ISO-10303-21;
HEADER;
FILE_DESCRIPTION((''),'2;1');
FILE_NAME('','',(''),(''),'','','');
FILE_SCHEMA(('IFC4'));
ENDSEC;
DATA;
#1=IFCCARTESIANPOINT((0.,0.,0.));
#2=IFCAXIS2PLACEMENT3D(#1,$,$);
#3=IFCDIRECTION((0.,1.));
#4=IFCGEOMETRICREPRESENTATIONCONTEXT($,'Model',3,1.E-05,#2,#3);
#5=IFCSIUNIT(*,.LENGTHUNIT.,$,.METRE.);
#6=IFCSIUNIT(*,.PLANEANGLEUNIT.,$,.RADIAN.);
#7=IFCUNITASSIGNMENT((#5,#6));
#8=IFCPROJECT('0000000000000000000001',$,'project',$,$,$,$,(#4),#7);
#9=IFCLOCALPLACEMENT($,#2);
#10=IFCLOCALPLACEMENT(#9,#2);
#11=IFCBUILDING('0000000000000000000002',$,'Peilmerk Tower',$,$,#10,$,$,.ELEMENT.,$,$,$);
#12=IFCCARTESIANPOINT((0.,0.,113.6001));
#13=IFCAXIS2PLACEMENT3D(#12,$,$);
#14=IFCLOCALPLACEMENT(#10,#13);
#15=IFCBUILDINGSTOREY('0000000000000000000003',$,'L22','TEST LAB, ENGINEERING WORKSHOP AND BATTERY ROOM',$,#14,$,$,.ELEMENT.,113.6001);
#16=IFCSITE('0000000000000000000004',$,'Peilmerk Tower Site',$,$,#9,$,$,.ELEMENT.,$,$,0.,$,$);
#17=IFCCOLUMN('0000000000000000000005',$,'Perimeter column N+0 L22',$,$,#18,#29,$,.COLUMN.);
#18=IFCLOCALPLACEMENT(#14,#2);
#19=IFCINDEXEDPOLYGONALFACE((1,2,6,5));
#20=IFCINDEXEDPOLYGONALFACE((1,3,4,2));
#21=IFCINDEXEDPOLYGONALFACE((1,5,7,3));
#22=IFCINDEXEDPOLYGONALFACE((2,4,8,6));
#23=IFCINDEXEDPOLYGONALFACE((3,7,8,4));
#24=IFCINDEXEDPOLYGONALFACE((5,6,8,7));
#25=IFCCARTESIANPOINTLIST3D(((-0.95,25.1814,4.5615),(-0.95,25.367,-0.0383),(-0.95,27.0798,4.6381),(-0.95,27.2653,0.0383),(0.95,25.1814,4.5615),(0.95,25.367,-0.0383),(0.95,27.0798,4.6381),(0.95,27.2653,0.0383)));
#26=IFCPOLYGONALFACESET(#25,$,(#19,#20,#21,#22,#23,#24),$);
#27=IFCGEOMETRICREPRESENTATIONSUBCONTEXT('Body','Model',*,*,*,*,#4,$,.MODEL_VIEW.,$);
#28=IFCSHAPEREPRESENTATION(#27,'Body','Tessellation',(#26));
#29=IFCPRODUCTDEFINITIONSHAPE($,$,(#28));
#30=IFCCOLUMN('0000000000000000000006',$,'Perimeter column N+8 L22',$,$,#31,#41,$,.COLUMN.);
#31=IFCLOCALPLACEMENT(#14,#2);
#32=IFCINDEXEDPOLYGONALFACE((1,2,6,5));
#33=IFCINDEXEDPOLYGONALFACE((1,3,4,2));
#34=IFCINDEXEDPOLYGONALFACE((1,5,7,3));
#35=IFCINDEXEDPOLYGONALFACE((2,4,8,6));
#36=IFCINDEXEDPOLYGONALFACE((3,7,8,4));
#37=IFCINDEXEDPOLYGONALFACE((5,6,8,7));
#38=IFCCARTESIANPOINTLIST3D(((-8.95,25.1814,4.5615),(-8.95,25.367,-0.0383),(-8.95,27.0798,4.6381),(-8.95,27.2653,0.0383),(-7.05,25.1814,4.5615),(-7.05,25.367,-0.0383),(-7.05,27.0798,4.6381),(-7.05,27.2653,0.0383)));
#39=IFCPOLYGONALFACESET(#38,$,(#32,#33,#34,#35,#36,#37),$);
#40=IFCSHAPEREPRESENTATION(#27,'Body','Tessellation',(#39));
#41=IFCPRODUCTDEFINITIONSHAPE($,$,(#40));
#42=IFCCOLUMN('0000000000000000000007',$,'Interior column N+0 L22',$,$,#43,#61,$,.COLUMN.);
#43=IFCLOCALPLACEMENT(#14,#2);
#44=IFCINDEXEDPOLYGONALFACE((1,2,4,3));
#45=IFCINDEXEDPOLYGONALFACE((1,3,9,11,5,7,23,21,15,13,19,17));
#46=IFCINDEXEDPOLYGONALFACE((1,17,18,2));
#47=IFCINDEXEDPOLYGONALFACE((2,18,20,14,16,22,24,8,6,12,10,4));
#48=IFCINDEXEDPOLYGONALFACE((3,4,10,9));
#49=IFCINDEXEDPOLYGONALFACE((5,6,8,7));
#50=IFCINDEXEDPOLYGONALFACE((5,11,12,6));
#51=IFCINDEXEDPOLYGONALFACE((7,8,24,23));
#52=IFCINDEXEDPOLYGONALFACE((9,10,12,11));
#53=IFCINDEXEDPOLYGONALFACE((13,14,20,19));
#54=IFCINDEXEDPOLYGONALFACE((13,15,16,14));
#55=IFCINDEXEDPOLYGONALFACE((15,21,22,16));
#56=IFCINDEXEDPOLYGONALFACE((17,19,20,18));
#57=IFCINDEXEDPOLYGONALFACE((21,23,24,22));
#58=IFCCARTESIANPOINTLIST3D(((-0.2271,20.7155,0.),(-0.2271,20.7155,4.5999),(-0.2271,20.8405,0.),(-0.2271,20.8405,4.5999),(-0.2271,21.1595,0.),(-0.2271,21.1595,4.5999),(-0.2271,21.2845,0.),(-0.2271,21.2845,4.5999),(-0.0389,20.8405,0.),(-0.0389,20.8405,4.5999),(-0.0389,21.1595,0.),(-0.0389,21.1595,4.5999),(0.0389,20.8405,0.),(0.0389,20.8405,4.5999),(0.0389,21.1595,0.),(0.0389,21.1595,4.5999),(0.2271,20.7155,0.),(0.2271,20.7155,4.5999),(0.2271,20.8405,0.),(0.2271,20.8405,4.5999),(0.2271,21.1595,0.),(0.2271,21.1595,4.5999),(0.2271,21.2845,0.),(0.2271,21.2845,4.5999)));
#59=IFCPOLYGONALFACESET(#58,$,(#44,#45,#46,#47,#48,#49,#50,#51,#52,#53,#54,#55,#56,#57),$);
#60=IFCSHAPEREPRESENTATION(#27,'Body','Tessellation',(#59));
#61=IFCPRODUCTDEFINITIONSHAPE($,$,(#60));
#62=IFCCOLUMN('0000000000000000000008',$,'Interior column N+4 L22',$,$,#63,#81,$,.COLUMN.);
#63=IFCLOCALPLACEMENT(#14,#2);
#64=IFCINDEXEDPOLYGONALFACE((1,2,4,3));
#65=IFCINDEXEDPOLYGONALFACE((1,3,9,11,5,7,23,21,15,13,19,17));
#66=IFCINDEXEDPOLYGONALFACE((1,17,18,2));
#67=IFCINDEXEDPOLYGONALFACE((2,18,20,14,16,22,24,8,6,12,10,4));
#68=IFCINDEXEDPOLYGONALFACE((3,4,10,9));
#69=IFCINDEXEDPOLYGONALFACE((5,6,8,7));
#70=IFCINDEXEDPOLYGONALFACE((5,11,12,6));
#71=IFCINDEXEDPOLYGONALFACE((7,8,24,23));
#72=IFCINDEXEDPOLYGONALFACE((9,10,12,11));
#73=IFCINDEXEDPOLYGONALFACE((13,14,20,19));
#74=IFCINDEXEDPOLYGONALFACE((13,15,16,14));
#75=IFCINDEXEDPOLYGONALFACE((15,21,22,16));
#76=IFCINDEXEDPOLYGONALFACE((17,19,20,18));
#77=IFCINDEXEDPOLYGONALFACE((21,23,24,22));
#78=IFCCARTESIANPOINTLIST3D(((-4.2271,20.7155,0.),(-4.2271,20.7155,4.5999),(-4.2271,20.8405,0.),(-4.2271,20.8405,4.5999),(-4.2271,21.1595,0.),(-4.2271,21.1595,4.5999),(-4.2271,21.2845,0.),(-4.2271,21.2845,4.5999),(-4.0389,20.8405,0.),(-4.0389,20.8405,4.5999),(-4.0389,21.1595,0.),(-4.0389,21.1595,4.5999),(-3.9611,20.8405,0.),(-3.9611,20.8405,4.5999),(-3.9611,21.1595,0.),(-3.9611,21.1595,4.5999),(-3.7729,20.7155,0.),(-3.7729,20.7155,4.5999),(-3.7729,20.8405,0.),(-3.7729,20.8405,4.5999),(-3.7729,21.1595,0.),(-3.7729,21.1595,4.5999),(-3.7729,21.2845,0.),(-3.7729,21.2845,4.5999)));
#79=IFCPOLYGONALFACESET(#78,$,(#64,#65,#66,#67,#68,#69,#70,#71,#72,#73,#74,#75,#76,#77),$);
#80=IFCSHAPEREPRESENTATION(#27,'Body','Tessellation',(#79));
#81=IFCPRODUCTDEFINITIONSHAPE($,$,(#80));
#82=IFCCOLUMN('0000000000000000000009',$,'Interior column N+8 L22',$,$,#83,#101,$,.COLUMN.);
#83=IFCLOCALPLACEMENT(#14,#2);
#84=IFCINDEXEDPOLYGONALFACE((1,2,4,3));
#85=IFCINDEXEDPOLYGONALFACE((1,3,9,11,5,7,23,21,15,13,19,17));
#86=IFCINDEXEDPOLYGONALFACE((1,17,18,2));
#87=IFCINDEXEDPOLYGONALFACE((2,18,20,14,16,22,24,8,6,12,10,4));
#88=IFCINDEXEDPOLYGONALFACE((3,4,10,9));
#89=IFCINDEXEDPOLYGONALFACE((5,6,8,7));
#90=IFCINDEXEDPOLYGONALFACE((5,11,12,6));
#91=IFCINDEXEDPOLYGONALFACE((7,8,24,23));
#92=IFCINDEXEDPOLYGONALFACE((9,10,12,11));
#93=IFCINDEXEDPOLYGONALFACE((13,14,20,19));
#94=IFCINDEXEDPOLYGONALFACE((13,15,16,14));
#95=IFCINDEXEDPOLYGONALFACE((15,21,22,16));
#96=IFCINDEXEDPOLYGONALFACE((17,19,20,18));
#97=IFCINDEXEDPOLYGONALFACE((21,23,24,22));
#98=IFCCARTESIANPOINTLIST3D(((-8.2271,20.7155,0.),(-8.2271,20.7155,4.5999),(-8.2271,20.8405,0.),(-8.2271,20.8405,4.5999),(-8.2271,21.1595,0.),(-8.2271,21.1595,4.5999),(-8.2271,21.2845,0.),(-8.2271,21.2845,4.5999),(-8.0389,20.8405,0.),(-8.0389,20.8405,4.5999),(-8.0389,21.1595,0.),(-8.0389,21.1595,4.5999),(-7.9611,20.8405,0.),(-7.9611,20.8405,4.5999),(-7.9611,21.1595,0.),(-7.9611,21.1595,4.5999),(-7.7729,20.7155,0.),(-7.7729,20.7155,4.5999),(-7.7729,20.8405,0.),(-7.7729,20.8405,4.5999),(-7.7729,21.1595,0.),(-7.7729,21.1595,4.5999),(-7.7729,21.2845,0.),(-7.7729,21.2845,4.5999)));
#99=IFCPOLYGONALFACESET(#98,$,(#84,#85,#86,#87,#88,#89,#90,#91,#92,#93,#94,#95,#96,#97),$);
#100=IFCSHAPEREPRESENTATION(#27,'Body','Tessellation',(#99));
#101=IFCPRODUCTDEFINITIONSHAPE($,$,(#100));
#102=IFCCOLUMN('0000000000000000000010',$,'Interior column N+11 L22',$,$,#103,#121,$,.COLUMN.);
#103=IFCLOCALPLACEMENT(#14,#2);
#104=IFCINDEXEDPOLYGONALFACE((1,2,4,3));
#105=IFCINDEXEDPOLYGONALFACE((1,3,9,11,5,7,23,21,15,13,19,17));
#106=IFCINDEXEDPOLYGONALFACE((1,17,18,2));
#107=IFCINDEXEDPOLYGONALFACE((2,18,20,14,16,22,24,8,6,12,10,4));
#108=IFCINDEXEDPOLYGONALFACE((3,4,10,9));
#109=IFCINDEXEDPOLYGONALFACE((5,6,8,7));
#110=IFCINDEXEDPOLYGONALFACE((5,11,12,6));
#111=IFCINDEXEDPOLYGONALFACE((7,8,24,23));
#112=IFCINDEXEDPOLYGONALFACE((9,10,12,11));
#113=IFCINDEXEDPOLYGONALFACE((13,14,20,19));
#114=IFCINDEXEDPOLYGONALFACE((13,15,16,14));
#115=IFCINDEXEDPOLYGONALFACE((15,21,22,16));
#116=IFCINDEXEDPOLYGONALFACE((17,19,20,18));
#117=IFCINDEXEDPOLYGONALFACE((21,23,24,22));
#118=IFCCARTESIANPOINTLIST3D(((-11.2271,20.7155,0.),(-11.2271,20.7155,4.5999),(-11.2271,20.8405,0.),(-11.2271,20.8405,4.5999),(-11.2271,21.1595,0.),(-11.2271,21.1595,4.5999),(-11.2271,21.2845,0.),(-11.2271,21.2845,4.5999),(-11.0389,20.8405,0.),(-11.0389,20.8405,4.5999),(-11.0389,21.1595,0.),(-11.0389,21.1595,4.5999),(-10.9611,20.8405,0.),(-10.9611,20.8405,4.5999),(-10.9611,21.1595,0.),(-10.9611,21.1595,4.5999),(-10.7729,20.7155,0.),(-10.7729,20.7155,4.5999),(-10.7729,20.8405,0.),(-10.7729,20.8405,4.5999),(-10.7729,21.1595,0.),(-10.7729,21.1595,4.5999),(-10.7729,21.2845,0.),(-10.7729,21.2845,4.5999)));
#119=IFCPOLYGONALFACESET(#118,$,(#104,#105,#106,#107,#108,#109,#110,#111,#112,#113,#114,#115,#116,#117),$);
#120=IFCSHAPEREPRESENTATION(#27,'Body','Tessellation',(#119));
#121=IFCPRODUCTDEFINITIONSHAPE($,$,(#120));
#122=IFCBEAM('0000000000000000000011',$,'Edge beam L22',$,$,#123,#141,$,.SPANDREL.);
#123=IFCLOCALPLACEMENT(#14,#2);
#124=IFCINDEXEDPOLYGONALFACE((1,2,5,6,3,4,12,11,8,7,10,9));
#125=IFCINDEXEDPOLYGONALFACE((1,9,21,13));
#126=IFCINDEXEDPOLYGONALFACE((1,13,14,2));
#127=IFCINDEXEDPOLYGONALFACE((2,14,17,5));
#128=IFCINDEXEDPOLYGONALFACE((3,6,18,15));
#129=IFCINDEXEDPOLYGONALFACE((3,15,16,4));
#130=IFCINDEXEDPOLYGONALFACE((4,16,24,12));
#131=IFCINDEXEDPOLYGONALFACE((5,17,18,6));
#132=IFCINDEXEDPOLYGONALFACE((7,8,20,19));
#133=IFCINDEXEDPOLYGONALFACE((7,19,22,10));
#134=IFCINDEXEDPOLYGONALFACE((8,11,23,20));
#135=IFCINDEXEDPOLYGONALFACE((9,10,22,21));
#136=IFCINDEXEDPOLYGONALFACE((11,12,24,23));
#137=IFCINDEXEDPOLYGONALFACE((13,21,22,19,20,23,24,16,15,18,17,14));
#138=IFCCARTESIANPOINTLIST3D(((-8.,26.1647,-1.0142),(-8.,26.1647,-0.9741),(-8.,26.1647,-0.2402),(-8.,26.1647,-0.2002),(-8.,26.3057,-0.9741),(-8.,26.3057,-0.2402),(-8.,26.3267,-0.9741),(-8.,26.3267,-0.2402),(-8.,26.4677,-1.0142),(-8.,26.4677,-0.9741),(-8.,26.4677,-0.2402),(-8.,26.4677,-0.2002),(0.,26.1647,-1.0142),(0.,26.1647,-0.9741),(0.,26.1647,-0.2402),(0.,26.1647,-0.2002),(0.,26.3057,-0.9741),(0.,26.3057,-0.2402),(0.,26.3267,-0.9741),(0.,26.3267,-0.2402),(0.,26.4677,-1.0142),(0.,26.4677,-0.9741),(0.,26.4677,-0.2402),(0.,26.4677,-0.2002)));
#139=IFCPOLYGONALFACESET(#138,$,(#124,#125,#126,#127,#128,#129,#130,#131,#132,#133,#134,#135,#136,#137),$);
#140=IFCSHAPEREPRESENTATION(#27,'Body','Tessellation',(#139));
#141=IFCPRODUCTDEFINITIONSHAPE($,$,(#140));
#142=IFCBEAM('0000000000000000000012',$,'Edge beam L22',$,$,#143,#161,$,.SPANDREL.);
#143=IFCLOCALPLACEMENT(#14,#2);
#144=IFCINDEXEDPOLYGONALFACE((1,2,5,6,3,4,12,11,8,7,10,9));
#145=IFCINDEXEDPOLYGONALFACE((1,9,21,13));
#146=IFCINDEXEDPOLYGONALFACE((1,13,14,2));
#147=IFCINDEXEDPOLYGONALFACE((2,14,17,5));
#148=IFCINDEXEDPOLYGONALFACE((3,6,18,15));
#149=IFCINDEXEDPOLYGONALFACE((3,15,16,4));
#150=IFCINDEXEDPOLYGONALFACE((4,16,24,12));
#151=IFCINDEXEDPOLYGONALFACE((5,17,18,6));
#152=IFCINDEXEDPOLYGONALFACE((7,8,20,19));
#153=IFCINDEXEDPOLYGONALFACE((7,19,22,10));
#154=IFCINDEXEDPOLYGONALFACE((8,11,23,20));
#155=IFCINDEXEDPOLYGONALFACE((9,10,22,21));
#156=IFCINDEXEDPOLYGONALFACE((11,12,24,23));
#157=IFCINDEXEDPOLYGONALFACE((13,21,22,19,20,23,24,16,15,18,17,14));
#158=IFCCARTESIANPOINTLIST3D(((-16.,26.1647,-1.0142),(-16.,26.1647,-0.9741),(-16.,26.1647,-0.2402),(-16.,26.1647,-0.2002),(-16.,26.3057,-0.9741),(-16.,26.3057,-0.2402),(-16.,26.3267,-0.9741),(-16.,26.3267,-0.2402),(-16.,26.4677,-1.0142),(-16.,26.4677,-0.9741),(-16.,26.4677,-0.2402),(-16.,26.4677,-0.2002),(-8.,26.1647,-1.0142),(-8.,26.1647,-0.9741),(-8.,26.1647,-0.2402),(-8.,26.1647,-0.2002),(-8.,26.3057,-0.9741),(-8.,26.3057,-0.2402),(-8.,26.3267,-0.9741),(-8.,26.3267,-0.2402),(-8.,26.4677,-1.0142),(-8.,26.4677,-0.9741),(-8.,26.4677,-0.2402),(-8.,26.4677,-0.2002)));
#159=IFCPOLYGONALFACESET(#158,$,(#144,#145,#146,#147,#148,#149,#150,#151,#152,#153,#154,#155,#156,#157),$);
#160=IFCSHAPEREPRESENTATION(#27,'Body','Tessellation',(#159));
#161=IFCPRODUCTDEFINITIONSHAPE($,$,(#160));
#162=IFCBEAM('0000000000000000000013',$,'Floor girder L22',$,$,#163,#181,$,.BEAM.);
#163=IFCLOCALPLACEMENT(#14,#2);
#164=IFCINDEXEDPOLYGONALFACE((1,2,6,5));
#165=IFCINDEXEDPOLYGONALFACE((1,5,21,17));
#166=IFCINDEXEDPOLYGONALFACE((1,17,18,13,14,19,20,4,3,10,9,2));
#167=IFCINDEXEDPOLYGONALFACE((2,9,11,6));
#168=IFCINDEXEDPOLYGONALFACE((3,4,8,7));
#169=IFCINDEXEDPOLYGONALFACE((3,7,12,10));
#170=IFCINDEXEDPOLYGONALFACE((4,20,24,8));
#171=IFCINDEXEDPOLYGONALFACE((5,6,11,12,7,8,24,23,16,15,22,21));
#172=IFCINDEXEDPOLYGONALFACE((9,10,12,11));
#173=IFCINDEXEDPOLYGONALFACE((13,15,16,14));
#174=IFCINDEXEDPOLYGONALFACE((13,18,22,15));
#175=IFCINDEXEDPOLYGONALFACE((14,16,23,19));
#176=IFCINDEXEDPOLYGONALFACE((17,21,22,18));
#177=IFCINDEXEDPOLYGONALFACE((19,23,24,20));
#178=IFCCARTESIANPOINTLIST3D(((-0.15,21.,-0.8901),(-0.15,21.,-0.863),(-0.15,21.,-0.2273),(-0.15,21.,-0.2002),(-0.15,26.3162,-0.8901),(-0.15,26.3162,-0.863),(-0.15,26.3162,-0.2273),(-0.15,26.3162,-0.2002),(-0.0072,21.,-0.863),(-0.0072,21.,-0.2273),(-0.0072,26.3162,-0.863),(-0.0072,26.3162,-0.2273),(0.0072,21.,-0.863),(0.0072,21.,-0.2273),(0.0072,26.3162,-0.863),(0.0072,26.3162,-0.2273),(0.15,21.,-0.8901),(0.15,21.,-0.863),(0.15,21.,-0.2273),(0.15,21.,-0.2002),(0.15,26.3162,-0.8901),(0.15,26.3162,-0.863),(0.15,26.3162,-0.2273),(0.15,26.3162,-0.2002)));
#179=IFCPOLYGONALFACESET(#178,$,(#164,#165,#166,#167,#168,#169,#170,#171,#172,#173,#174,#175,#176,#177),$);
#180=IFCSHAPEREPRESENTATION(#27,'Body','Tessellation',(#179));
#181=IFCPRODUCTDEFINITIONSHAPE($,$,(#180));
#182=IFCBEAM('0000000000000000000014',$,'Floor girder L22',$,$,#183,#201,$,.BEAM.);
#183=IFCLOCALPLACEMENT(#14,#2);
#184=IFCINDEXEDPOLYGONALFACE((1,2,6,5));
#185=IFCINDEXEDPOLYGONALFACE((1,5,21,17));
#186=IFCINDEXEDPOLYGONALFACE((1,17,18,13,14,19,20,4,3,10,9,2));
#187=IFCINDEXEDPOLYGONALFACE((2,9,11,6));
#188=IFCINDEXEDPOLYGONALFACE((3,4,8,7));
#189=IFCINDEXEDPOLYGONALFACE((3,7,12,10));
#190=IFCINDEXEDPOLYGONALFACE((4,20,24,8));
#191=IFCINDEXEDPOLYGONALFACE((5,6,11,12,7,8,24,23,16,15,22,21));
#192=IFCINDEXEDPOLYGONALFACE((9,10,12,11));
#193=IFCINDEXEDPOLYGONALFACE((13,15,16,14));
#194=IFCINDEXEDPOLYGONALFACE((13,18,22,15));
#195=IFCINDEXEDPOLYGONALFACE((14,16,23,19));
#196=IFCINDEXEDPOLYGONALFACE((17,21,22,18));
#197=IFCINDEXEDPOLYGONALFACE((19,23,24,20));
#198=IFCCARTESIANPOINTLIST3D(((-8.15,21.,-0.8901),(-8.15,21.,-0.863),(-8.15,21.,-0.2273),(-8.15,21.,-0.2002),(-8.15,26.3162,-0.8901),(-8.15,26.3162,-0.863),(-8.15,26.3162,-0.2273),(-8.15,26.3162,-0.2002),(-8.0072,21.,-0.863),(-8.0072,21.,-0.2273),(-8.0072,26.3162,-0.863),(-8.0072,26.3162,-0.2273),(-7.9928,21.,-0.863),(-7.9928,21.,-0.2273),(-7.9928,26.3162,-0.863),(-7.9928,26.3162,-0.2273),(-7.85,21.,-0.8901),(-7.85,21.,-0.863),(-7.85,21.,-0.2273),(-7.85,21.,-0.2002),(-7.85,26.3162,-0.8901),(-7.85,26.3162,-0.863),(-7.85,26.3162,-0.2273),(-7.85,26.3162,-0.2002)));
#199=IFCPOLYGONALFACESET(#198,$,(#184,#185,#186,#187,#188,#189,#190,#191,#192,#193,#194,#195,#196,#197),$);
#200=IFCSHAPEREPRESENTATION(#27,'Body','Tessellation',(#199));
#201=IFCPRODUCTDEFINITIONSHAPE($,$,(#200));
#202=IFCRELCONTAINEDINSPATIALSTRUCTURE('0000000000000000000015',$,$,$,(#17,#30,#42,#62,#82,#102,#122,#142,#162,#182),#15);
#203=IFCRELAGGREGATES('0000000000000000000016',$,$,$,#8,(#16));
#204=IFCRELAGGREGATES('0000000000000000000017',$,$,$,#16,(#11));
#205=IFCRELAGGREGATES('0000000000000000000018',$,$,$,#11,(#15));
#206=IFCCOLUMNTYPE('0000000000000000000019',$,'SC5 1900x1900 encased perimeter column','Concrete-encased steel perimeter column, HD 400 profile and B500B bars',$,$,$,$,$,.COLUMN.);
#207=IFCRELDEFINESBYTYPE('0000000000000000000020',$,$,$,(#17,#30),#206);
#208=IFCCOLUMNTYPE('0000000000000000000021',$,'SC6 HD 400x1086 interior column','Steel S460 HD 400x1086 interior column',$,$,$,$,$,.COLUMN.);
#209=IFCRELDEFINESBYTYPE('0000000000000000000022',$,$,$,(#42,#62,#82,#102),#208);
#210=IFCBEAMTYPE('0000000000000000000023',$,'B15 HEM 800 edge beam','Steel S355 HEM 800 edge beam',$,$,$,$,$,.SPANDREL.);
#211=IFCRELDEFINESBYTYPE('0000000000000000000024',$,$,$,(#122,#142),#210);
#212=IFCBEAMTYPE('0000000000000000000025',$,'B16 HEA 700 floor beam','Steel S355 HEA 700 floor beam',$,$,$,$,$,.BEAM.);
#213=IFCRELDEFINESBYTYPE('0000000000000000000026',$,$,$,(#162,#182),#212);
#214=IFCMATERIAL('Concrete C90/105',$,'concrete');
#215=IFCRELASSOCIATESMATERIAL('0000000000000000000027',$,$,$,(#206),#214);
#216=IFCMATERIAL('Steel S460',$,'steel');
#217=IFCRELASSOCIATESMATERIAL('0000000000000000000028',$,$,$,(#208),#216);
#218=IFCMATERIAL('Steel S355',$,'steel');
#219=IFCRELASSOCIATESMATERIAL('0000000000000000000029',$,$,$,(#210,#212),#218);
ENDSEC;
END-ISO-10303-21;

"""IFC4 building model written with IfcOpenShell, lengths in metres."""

from ifc_helpers import new_model, si_unit, direction, frame, origin, origin_2d, place, context, subcontext, project, spatial, rectangle, i_section, extrude, material, material_profile, profile_set, type_object, element, save


model = new_model("IFC4")

# Units and contexts
model_context = context("Model", 3, precision=1e-05, world=origin(), true_north=direction((0.0, 1.0)))
body_context = subcontext(model_context, "Body", "Model", "MODEL_VIEW")
ifc_project = project(units=[si_unit("LENGTHUNIT", "METRE"), si_unit("PLANEANGLEUNIT", "RADIAN")], contexts=[model_context])

# Site, building, storey
site_placement = place(None, origin())
site = spatial("IfcSite", under=ifc_project, at=site_placement, Name="Peilmerk Tower Site", CompositionType="ELEMENT", RefElevation=0.0)
building_placement = place(site_placement, origin())
building = spatial("IfcBuilding", under=site, at=building_placement, Name="Peilmerk Tower", CompositionType="ELEMENT")
storey_placement = place(building_placement, frame((0.0, 0.0, 113.6001)))
storey = spatial("IfcBuildingStorey", under=building, at=storey_placement, Name="L22", Description="TEST LAB, ENGINEERING WORKSHOP AND BATTERY ROOM", CompositionType="ELEMENT", Elevation=113.6001)

# Columns
ifc_material_1 = material(Name="Concrete C90/105", Category="concrete")
ifc_material_profile_1 = material_profile(ifc_material_1, rectangle(XDim=1.8999, YDim=1.8999, at=origin_2d()), Name="RC 1900x1900")
ifc_profile_set_1 = profile_set([ifc_material_profile_1], Name="Concrete C90/105")
column_type_1 = type_object("IfcColumnType", Name="SC5 1900x1900 encased perimeter column", Description="Concrete-encased steel perimeter column, HD 400 profile and B500B bars", PredefinedType="COLUMN", material=ifc_profile_set_1)
for number, where, z_axis, x_axis, name in (
    (1, (0.0, 26.3162, 0.0), (0.0, -0.040305, 0.999187), (1.0, 0.0, 0.0), "Perimeter column N+0 L22"),
    (2, (-8.0, 26.3162, 0.0), (0.0, -0.040305, 0.999187), (1.0, 0.0, 0.0), "Perimeter column N+8 L22"),
):
    element("IfcColumn", number, at=place(storey_placement, frame(where, z_axis=z_axis, x_axis=x_axis)), inside=storey, type_object=column_type_1, Name=name, PredefinedType="COLUMN", context=body_context, shape_type="SweptSolid", body=[
        extrude(rectangle(XDim=1.8999, YDim=1.8999, at=origin_2d()), origin(), (0.0, 0.0, 1.0), 4.6035),
    ])
ifc_material_2 = material(Name="Steel S460", Category="steel")
ifc_material_profile_2 = material_profile(ifc_material_2, i_section(OverallWidth=0.4541, OverallDepth=0.5691, WebThickness=0.0779, FlangeThickness=0.125, at=origin_2d()), Name="HD 400x1086")
ifc_profile_set_2 = profile_set([ifc_material_profile_2], Name="Steel S460")
column_type_2 = type_object("IfcColumnType", Name="SC6 HD 400x1086 interior column", Description="Steel S460 HD 400x1086 interior column", PredefinedType="COLUMN", material=ifc_profile_set_2)
for number, where, z_axis, x_axis, name in (
    (3, (0.0, 21.0, 0.0), (0.0, 0.0, 1.0), (1.0, 0.0, 0.0), "Interior column N+0 L22"),
    (4, (-4.0, 21.0, 0.0), (0.0, 0.0, 1.0), (1.0, 0.0, 0.0), "Interior column N+4 L22"),
    (5, (-8.0, 21.0, 0.0), (0.0, 0.0, 1.0), (1.0, 0.0, 0.0), "Interior column N+8 L22"),
    (6, (-11.0, 21.0, 0.0), (0.0, 0.0, 1.0), (1.0, 0.0, 0.0), "Interior column N+11 L22"),
):
    element("IfcColumn", number, at=place(storey_placement, frame(where, z_axis=z_axis, x_axis=x_axis)), inside=storey, type_object=column_type_2, Name=name, PredefinedType="COLUMN", context=body_context, shape_type="SweptSolid", body=[
        extrude(i_section(OverallWidth=0.4541, OverallDepth=0.5691, WebThickness=0.0779, FlangeThickness=0.125, at=origin_2d()), origin(), (0.0, 0.0, 1.0), 4.5999),
    ])

# Beams
ifc_material_3 = material(Name="Steel S355", Category="steel")
ifc_material_profile_3 = material_profile(ifc_material_3, i_section(OverallWidth=0.303, OverallDepth=0.814, WebThickness=0.021, FlangeThickness=0.04, at=origin_2d()), Name="HEM 800")
ifc_profile_set_3 = profile_set([ifc_material_profile_3], Name="Steel S355")
beam_type_1 = type_object("IfcBeamType", Name="B15 HEM 800 edge beam", Description="Steel S355 HEM 800 edge beam", PredefinedType="SPANDREL", material=ifc_profile_set_3)
for number, where, z_axis, x_axis, name in (
    (7, (0.0, 26.3162, -0.6072), (-1.0, 0.0, 0.0), (0.0, -1.0, 0.0), "Edge beam L22"),
    (8, (-8.0, 26.3162, -0.6072), (-1.0, 0.0, 0.0), (0.0, -1.0, 0.0), "Edge beam L22"),
):
    element("IfcBeam", number, at=place(storey_placement, frame(where, z_axis=z_axis, x_axis=x_axis)), inside=storey, type_object=beam_type_1, Name=name, PredefinedType="SPANDREL", context=body_context, shape_type="SweptSolid", body=[
        extrude(i_section(OverallWidth=0.303, OverallDepth=0.814, WebThickness=0.021, FlangeThickness=0.04, at=origin_2d()), origin(), (0.0, 0.0, 1.0), 8.0),
    ])
ifc_material_profile_4 = material_profile(ifc_material_3, i_section(OverallWidth=0.3, OverallDepth=0.6899, WebThickness=0.0144, FlangeThickness=0.0271, at=origin_2d()), Name="HEA 700")
ifc_profile_set_4 = profile_set([ifc_material_profile_4], Name="Steel S355")
beam_type_2 = type_object("IfcBeamType", Name="B16 HEA 700 floor beam", Description="Steel S355 HEA 700 floor beam", PredefinedType="BEAM", material=ifc_profile_set_4)
for number, where, z_axis, x_axis, name in (
    (9, (0.0, 21.0, -0.5452), (0.0, 1.0, 0.0), (-1.0, 0.0, 0.0), "Floor girder L22"),
    (10, (-8.0, 21.0, -0.5452), (0.0, 1.0, 0.0), (-1.0, 0.0, 0.0), "Floor girder L22"),
):
    element("IfcBeam", number, at=place(storey_placement, frame(where, z_axis=z_axis, x_axis=x_axis)), inside=storey, type_object=beam_type_2, Name=name, PredefinedType="BEAM", context=body_context, shape_type="SweptSolid", body=[
        extrude(i_section(OverallWidth=0.3, OverallDepth=0.6899, WebThickness=0.0144, FlangeThickness=0.0271, at=origin_2d()), origin(), (0.0, 0.0, 1.0), 5.3162),
    ])

save(model, "model.ifc")
